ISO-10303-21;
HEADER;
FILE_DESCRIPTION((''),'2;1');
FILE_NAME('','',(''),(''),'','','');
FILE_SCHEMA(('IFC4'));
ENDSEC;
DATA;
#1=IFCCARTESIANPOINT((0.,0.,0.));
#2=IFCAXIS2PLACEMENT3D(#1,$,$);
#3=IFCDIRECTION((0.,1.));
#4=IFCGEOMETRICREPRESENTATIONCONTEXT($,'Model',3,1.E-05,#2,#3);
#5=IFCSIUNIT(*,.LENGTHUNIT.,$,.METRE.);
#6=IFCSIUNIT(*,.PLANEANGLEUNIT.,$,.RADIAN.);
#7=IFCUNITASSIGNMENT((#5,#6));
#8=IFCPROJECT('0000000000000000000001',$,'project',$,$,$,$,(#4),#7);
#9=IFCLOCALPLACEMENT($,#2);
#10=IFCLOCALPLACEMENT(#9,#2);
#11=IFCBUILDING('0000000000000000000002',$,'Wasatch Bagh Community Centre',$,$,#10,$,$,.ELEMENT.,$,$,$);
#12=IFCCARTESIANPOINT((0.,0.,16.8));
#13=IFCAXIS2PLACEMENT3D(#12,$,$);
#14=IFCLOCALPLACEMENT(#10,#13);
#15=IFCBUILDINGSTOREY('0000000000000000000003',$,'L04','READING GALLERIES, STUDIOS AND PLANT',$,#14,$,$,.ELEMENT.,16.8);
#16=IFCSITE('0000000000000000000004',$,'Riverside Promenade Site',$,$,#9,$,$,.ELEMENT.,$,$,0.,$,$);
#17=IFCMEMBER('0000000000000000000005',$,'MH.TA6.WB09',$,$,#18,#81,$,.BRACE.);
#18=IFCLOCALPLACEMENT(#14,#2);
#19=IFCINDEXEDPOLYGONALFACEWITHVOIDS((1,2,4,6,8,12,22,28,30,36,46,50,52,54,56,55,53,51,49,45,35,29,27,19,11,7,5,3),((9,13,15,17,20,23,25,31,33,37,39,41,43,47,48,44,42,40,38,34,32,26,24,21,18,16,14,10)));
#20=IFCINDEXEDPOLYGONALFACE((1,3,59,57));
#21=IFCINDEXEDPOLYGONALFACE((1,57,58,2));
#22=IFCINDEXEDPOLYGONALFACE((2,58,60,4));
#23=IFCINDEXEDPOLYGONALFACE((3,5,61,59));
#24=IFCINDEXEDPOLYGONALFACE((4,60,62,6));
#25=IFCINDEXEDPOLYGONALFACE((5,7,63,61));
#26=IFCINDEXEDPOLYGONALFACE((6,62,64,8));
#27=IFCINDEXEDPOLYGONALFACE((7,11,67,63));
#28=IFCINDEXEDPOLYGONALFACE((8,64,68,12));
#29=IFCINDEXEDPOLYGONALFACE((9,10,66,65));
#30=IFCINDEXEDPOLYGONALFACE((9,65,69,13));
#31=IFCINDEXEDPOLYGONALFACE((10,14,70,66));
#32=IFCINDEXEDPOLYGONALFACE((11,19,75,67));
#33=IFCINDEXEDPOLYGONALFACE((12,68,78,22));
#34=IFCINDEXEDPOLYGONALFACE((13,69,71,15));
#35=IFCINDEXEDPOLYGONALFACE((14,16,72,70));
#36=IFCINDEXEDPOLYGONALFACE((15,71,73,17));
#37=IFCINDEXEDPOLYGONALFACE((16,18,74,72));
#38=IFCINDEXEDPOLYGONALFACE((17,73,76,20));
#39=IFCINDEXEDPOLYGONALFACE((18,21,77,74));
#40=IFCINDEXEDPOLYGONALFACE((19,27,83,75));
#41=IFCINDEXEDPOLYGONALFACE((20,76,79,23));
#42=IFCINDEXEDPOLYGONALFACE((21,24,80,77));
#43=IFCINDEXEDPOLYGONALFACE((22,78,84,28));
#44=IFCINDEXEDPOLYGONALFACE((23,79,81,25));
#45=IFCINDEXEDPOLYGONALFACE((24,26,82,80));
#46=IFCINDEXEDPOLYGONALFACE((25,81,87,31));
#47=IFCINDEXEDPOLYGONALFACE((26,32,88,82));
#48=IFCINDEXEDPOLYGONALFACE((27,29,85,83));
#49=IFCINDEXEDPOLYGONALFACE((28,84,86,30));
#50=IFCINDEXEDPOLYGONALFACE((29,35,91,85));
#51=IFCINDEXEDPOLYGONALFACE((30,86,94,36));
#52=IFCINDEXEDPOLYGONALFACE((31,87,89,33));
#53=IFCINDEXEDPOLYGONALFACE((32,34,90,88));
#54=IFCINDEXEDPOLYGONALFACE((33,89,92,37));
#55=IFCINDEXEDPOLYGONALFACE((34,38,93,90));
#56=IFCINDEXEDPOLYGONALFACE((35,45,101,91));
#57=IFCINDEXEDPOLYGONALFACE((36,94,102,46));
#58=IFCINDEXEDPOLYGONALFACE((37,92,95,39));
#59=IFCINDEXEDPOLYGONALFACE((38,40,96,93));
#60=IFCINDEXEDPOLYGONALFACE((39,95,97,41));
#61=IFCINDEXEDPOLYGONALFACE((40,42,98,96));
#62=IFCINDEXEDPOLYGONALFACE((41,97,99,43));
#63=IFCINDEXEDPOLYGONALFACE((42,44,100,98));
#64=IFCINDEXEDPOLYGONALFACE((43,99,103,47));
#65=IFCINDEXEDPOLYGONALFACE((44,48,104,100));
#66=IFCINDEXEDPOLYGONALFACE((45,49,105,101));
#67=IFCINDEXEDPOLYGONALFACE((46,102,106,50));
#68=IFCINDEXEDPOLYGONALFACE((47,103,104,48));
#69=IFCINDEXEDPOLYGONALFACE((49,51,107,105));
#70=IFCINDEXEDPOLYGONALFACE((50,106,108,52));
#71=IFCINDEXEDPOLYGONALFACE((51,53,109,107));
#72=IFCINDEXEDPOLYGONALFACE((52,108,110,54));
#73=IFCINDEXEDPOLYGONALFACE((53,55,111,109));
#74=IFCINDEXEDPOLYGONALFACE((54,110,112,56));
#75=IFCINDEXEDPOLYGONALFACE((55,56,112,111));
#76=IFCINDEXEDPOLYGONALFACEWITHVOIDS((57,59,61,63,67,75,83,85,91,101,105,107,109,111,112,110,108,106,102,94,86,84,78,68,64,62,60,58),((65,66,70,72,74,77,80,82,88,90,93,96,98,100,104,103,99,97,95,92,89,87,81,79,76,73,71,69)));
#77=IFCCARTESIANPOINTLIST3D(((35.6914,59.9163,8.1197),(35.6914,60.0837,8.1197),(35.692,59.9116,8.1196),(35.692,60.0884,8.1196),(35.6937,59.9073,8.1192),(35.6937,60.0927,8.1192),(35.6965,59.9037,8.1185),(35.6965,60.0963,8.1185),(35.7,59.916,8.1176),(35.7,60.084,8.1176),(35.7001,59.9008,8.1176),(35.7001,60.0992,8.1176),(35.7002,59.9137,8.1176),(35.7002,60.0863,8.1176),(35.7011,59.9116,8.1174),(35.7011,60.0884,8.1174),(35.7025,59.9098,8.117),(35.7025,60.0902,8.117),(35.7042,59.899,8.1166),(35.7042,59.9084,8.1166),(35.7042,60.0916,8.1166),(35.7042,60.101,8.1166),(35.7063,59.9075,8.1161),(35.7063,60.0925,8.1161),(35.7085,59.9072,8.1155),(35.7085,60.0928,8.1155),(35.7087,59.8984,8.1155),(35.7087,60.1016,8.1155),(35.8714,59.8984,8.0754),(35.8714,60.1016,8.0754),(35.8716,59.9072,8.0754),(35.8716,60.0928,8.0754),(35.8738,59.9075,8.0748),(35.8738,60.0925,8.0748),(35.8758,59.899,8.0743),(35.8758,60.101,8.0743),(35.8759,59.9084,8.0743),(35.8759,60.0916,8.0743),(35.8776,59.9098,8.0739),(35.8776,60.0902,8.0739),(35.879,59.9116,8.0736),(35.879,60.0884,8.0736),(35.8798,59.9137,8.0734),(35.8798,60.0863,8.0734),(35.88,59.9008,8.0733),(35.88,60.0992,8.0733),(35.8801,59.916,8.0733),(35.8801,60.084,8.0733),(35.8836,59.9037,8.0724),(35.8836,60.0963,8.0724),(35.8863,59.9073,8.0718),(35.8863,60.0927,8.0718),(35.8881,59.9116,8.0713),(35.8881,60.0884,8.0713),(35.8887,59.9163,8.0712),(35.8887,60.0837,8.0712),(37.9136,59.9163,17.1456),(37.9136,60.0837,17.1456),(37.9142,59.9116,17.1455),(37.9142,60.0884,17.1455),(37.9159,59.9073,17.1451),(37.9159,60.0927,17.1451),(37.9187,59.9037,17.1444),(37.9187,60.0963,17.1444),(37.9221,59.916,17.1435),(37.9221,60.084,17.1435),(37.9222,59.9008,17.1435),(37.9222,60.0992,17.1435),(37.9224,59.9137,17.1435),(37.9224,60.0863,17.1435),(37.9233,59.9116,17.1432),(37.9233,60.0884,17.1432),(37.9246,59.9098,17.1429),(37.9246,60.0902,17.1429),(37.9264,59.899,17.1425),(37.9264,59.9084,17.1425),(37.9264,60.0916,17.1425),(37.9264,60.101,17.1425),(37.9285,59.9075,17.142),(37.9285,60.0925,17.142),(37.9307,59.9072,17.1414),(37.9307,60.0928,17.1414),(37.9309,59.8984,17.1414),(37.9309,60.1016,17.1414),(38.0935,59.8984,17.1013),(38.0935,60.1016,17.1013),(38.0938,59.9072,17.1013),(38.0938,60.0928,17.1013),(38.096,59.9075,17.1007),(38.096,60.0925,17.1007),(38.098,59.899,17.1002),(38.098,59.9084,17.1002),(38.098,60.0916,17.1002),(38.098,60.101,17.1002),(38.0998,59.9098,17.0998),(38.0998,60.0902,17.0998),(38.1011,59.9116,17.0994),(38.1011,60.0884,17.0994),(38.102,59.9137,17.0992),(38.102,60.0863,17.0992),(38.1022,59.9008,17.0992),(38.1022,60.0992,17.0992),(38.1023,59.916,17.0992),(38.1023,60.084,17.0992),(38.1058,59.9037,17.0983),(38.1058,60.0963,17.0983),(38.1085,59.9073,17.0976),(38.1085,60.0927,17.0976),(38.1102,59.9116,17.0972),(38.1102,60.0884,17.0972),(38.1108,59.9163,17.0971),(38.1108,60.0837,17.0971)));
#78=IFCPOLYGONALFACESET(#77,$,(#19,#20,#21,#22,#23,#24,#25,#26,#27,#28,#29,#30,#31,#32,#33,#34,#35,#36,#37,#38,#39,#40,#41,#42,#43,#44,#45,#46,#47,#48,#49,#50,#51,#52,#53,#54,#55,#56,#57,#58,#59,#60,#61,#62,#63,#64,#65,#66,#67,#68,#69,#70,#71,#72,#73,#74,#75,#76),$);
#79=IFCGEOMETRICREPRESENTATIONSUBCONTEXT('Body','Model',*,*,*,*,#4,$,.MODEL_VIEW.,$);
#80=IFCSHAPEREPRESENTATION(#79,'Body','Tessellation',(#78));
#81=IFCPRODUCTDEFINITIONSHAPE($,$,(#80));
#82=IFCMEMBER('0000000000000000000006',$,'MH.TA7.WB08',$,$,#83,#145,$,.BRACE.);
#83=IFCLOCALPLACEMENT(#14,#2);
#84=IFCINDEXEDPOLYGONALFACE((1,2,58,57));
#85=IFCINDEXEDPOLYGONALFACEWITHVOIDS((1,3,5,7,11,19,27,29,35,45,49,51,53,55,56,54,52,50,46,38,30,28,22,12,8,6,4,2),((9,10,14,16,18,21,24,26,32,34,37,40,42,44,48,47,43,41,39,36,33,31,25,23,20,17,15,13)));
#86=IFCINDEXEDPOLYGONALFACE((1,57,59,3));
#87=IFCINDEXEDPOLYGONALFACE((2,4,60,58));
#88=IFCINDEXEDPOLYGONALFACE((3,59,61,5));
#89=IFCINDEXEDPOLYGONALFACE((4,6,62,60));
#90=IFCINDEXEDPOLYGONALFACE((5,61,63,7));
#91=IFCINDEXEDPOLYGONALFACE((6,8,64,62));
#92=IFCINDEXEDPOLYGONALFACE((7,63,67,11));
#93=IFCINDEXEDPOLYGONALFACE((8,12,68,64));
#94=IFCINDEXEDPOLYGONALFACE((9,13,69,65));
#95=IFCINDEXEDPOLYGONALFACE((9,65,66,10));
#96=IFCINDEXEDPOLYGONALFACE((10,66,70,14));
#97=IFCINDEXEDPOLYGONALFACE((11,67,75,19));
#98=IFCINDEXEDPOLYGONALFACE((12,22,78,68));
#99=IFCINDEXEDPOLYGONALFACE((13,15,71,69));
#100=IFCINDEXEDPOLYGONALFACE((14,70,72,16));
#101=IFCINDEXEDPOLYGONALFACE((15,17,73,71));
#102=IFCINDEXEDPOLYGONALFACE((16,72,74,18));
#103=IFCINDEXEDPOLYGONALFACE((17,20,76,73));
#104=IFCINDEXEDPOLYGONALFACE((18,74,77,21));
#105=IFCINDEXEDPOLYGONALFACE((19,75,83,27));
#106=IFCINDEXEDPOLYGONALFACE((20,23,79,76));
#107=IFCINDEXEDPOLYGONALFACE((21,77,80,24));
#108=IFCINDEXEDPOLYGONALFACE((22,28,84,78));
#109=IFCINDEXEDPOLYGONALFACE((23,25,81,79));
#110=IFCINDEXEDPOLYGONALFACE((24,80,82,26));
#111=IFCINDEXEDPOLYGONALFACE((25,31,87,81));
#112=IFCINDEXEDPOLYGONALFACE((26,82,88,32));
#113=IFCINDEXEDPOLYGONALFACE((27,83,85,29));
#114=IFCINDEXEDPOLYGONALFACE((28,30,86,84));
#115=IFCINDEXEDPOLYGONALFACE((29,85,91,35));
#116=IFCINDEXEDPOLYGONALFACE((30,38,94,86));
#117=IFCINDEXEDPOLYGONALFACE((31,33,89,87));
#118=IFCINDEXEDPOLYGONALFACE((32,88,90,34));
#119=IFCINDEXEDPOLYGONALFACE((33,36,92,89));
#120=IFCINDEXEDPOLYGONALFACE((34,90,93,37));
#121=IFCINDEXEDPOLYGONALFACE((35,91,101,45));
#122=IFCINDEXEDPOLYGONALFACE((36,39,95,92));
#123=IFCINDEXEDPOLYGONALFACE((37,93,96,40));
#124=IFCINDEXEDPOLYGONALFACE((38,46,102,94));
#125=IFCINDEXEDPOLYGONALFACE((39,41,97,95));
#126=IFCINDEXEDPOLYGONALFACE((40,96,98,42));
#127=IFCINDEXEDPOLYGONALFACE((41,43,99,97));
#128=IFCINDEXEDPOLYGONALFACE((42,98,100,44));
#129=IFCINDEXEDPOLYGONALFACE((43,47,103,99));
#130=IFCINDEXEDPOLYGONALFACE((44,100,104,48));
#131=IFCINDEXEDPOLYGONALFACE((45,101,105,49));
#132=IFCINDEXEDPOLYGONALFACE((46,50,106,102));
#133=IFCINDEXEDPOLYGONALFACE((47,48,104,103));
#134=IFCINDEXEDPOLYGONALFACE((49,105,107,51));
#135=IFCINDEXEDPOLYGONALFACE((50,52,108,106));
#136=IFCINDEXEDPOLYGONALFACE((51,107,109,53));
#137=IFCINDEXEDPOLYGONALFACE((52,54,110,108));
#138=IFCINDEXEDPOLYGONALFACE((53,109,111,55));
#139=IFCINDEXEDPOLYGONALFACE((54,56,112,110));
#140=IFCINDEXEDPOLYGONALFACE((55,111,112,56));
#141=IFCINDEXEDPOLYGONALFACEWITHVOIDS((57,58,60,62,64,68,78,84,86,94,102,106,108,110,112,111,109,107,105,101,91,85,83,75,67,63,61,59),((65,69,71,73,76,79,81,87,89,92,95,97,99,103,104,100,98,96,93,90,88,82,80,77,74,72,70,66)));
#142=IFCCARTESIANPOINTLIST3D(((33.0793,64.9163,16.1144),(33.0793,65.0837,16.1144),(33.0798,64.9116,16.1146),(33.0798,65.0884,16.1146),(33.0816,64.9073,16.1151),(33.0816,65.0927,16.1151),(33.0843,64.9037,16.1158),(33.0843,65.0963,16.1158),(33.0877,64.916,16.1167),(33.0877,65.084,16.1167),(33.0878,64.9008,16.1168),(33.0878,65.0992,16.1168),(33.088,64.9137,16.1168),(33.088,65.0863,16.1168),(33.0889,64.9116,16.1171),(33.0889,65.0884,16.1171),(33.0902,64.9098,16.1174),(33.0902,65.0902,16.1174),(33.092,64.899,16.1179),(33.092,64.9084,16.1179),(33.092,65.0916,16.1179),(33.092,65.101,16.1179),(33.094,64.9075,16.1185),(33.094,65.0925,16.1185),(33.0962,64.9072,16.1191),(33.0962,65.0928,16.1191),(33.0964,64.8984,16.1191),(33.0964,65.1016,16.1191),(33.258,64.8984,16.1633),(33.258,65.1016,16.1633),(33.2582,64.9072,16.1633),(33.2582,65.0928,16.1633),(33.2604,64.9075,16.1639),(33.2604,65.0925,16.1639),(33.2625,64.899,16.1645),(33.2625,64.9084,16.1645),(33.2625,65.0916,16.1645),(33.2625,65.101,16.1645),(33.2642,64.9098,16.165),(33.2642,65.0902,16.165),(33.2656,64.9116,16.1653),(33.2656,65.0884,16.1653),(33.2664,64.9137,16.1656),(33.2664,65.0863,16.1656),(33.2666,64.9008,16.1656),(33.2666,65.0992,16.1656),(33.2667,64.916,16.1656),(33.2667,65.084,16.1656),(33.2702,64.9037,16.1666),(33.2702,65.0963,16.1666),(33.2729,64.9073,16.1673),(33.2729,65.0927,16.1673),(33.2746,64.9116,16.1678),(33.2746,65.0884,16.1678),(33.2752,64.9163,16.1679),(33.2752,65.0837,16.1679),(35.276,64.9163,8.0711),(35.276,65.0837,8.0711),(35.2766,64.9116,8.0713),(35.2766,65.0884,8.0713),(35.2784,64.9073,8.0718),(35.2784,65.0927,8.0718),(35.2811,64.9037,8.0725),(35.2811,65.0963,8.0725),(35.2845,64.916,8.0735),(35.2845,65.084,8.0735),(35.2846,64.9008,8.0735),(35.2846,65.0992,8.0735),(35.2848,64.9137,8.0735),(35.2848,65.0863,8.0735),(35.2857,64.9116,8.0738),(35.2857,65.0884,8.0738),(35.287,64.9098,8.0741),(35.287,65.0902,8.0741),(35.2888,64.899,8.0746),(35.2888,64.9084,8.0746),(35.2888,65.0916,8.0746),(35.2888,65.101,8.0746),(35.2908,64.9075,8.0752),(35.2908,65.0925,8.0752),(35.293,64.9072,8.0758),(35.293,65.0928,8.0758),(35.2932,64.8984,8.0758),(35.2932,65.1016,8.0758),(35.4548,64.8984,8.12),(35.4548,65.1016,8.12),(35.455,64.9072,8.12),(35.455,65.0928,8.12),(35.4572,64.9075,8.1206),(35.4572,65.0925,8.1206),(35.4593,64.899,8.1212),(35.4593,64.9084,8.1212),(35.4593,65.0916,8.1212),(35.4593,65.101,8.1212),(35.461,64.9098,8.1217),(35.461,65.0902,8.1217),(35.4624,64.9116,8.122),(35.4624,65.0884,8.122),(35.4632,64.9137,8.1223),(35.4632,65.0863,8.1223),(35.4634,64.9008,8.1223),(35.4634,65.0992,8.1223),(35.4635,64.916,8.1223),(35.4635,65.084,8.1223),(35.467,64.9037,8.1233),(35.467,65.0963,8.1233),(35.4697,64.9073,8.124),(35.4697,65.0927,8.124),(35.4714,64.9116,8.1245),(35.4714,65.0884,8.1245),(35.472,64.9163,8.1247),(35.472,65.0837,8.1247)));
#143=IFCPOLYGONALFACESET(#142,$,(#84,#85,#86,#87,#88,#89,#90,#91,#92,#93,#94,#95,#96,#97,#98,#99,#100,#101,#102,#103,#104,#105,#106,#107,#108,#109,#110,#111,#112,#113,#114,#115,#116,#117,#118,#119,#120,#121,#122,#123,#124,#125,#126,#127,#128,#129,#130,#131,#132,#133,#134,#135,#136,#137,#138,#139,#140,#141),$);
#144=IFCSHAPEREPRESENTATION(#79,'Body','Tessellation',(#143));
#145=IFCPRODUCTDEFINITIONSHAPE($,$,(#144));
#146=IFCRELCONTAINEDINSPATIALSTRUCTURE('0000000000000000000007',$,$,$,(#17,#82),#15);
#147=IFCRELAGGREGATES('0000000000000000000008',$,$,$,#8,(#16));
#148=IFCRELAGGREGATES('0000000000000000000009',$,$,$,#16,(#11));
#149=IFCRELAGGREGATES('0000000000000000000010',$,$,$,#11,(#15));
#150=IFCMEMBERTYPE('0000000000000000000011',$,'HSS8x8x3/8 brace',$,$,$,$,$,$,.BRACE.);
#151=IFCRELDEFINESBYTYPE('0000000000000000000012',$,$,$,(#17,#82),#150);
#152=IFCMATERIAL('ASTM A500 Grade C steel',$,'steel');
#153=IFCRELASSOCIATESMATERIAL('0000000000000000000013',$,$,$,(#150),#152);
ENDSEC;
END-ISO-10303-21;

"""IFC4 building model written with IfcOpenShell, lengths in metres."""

from ifc_helpers import new_model, si_unit, direction, frame, origin, origin_2d, place, context, subcontext, project, spatial, hollow_rectangle, extrude, material, material_profile, profile_set, type_object, element, save


model = new_model("IFC4")

# Units and contexts
model_context = context("Model", 3, precision=1e-05, world=origin(), true_north=direction((0.0, 1.0)))
body_context = subcontext(model_context, "Body", "Model", "MODEL_VIEW")
ifc_project = project(units=[si_unit("LENGTHUNIT", "METRE"), si_unit("PLANEANGLEUNIT", "RADIAN")], contexts=[model_context])

# Site, building, storey
site_placement = place(None, origin())
site = spatial("IfcSite", under=ifc_project, at=site_placement, Name="Riverside Promenade Site", CompositionType="ELEMENT", RefElevation=0.0)
building_placement = place(site_placement, origin())
building = spatial("IfcBuilding", under=site, at=building_placement, Name="Wasatch Bagh Community Centre", CompositionType="ELEMENT")
storey_placement = place(building_placement, frame((0.0, 0.0, 16.8)))
storey = spatial("IfcBuildingStorey", under=building, at=storey_placement, Name="L04", Description="READING GALLERIES, STUDIOS AND PLANT", CompositionType="ELEMENT", Elevation=16.8)

# Members
ifc_material_1 = material(Name="ASTM A500 Grade C steel", Category="steel")
ifc_material_profile_1 = material_profile(ifc_material_1, hollow_rectangle(XDim=0.2031, YDim=0.2031, WallThickness=0.0088, InnerFilletRadius=0.0088, OuterFilletRadius=0.0178, at=origin_2d()), Name="HSS8x8x3/8")
ifc_profile_set_1 = profile_set([ifc_material_profile_1], Name="ASTM A500 Grade C steel")
member_type_1 = type_object("IfcMemberType", Name="HSS8x8x3/8 brace", PredefinedType="BRACE", material=ifc_profile_set_1)
member_1_placement = place(storey_placement, frame((35.79, 60.0, 8.0955), z_axis=(0.239061, 0.0, 0.971005), x_axis=(0.0, 1.0, 0.0)))
element("IfcMember", 1, at=member_1_placement, inside=storey, type_object=member_type_1, Name="MH.TA6.WB09", PredefinedType="BRACE", context=body_context, shape_type="SweptSolid", body=[
    extrude(hollow_rectangle(XDim=0.2031, YDim=0.2031, WallThickness=0.0088, InnerFilletRadius=0.0088, OuterFilletRadius=0.0178, at=origin_2d()), origin(), (0.0, 0.0, 1.0), 9.2954),
])
member_2_placement = place(storey_placement, frame((35.374, 65.0, 8.0979), z_axis=(-0.263472, 0.0, 0.964667), x_axis=(0.0, -1.0, 0.0)))
element("IfcMember", 2, at=member_2_placement, inside=storey, type_object=member_type_1, Name="MH.TA7.WB08", PredefinedType="BRACE", context=body_context, shape_type="SweptSolid", body=[
    extrude(hollow_rectangle(XDim=0.2031, YDim=0.2031, WallThickness=0.0088, InnerFilletRadius=0.0088, OuterFilletRadius=0.0178, at=origin_2d()), origin(), (0.0, 0.0, 1.0), 8.3379),
])

save(model, "model.ifc")
